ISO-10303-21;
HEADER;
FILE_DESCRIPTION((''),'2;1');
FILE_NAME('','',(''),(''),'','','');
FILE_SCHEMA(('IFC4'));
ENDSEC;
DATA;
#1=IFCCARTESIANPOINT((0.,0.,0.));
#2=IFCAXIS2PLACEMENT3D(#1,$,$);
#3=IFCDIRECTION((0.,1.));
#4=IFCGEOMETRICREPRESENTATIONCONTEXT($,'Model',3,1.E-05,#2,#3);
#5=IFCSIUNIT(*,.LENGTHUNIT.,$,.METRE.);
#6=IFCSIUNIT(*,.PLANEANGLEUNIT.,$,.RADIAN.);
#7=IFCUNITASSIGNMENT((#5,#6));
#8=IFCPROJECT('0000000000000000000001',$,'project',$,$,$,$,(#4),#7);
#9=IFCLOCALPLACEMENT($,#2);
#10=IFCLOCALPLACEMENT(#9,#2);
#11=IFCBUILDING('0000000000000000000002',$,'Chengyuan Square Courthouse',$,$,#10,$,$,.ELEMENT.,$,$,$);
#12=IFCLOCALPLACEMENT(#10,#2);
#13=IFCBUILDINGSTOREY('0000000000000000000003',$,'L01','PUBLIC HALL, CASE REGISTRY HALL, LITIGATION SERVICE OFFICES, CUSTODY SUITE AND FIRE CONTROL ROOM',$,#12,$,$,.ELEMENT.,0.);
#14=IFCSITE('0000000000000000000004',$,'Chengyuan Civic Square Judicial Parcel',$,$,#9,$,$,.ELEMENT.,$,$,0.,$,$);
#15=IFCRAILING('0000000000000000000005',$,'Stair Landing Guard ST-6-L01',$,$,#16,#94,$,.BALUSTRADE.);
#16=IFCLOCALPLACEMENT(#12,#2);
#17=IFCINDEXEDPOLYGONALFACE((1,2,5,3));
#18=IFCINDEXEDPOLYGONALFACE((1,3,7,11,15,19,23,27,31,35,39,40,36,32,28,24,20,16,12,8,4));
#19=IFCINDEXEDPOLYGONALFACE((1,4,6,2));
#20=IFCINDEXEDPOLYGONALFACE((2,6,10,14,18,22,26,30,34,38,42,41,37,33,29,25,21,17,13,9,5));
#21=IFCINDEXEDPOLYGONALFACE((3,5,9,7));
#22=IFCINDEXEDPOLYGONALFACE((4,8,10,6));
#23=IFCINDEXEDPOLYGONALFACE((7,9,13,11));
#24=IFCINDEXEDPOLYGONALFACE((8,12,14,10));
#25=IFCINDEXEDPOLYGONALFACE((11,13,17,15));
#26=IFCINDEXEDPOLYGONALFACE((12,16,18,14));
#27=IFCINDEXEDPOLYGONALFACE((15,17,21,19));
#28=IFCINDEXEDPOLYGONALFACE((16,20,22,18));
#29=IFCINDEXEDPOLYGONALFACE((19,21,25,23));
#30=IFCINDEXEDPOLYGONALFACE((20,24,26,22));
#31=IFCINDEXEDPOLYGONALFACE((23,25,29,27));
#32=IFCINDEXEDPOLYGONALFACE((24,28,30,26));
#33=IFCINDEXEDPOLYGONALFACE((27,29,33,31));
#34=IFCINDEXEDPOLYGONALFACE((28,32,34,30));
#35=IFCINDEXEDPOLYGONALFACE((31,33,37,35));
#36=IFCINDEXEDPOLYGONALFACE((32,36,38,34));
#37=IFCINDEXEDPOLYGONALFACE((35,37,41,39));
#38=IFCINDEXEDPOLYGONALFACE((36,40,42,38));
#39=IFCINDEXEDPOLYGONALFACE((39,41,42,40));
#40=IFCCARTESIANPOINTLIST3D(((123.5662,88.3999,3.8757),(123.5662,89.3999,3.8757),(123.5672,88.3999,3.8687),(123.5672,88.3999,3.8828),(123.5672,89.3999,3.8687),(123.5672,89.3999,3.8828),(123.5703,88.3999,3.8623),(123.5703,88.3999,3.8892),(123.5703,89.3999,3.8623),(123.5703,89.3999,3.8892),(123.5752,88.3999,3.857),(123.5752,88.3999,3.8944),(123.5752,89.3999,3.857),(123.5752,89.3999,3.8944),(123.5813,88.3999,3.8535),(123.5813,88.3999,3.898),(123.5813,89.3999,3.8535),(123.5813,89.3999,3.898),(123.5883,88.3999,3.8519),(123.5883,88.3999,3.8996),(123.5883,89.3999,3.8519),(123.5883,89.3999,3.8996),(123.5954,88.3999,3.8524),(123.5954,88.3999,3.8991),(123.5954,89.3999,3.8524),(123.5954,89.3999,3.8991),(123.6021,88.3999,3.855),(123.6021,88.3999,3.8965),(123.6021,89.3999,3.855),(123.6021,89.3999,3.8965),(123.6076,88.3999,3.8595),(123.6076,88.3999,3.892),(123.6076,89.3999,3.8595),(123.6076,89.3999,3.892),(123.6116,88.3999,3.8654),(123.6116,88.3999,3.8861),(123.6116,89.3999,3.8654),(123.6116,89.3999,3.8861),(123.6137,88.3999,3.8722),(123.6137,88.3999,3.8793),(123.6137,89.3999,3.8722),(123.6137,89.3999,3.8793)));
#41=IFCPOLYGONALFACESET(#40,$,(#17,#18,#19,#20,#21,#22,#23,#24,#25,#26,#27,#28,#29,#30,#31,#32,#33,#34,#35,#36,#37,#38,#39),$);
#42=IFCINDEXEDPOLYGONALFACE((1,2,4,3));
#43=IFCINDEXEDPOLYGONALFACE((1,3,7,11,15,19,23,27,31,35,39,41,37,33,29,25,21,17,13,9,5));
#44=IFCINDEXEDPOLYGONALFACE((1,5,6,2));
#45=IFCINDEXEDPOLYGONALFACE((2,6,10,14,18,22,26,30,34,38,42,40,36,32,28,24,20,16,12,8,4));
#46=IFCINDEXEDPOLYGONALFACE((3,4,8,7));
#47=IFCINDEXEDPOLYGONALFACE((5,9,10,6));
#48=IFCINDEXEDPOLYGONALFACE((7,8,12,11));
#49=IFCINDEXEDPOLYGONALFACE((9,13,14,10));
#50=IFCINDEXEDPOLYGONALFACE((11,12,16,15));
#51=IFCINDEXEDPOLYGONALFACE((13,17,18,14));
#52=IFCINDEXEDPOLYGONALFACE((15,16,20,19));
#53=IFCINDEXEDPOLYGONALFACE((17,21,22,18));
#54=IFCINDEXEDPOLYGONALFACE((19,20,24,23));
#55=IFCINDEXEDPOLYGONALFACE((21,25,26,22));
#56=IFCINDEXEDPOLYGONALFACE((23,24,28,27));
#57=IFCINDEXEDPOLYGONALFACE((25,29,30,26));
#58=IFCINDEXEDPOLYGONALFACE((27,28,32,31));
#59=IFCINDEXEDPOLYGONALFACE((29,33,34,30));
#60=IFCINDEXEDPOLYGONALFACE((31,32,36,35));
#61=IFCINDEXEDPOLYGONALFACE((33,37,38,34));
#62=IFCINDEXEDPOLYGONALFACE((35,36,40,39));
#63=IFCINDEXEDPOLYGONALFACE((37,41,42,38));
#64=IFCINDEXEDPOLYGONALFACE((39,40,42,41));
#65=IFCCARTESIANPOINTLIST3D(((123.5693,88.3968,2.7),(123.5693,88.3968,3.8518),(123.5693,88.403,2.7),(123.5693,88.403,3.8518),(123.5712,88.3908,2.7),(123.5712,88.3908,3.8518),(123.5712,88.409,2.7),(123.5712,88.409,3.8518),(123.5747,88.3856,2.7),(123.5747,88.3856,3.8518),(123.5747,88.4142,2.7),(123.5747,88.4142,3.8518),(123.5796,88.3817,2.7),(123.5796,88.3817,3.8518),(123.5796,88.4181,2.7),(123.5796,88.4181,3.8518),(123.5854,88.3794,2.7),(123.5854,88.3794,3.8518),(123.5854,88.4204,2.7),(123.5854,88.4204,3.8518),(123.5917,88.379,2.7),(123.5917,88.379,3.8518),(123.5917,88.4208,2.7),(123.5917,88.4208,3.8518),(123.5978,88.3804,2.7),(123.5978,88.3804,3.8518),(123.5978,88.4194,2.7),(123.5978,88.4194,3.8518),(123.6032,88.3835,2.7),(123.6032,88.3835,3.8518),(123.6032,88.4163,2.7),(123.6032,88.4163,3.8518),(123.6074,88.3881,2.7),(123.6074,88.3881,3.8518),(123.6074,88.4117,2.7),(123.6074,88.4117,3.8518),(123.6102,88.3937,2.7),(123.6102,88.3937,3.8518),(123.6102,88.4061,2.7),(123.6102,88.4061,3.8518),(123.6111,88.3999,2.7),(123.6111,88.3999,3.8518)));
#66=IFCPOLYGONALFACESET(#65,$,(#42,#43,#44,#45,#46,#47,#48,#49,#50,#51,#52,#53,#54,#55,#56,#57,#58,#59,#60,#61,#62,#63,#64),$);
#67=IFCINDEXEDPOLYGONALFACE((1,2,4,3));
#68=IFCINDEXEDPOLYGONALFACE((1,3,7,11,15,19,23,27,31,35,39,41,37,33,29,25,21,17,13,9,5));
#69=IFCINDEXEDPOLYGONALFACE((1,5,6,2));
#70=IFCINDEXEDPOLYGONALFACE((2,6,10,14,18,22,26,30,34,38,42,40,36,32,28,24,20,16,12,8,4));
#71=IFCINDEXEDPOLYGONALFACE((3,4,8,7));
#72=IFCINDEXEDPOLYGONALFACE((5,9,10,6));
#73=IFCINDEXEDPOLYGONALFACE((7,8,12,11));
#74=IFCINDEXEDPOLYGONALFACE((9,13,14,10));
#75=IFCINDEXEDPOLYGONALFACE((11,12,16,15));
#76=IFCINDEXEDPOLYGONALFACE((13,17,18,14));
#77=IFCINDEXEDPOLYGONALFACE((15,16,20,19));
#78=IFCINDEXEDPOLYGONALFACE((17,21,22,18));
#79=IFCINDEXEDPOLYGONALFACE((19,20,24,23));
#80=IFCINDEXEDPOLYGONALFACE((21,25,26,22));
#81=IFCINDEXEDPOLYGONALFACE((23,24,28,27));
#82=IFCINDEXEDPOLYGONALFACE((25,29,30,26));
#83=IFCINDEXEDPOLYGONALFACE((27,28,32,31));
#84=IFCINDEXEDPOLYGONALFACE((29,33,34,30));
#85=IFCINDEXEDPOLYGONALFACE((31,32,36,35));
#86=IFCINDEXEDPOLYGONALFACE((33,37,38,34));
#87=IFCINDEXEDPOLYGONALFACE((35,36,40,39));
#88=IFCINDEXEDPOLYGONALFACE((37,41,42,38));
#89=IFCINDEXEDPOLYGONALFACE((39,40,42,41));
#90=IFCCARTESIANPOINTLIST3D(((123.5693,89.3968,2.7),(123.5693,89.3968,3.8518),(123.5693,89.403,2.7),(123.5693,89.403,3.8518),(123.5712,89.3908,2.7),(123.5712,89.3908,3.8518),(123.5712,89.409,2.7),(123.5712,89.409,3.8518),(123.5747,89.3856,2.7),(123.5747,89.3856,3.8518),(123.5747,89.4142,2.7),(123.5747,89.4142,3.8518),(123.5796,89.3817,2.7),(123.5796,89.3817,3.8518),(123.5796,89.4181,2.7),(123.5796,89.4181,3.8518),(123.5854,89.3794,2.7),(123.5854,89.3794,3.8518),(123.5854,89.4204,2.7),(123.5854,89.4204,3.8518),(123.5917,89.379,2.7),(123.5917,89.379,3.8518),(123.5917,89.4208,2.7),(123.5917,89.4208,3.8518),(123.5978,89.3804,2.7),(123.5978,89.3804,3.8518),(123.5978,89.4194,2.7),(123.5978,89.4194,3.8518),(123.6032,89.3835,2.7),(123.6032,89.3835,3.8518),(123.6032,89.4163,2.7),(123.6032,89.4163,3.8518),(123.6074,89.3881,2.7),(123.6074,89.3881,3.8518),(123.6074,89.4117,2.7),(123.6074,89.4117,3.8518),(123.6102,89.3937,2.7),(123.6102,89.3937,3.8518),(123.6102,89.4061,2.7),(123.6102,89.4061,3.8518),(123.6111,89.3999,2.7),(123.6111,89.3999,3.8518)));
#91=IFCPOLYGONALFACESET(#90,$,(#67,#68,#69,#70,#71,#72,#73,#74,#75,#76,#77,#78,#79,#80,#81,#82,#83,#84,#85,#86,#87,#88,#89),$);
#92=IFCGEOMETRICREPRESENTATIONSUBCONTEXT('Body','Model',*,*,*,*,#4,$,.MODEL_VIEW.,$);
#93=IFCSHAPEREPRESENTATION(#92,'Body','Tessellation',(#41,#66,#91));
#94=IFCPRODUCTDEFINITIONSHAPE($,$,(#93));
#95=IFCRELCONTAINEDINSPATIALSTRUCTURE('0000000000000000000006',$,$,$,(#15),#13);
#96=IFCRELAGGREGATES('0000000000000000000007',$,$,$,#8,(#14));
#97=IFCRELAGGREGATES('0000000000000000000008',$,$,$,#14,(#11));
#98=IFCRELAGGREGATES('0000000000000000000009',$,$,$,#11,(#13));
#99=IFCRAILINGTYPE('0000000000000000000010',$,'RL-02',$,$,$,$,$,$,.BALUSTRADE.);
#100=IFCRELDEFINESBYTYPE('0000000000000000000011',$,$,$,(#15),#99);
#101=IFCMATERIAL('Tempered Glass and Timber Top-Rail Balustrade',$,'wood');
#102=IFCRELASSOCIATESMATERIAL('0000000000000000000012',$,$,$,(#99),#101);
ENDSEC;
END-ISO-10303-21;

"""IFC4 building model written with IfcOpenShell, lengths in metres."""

from ifc_helpers import new_model, si_unit, direction, frame, origin, origin_2d, place, context, subcontext, project, spatial, circle, extrude, material, type_object, element, save


model = new_model("IFC4")

# Units and contexts
model_context = context("Model", 3, precision=1e-05, world=origin(), true_north=direction((0.0, 1.0)))
body_context = subcontext(model_context, "Body", "Model", "MODEL_VIEW")
ifc_project = project(units=[si_unit("LENGTHUNIT", "METRE"), si_unit("PLANEANGLEUNIT", "RADIAN")], contexts=[model_context])

# Site, building, storey
site_placement = place(None, origin())
site = spatial("IfcSite", under=ifc_project, at=site_placement, Name="Chengyuan Civic Square Judicial Parcel", CompositionType="ELEMENT", RefElevation=0.0)
building_placement = place(site_placement, origin())
building = spatial("IfcBuilding", under=site, at=building_placement, Name="Chengyuan Square Courthouse", CompositionType="ELEMENT")
storey_placement = place(building_placement, origin())
storey = spatial("IfcBuildingStorey", under=building, at=storey_placement, Name="L01", Description="PUBLIC HALL, CASE REGISTRY HALL, LITIGATION SERVICE OFFICES, CUSTODY SUITE AND FIRE CONTROL ROOM", CompositionType="ELEMENT", Elevation=0.0)

# Railing
ifc_material_1 = material(Name="Tempered Glass and Timber Top-Rail Balustrade", Category="wood")
railing_type_1 = type_object("IfcRailingType", Name="RL-02", PredefinedType="BALUSTRADE", material=ifc_material_1)
for number, where, name in (
    (1, (123.5901, 88.3999, 2.7), "Stair Landing Guard ST-6-L01"),
):
    element("IfcRailing", number, at=place(storey_placement, frame(where)), inside=storey, type_object=railing_type_1, Name=name, PredefinedType="BALUSTRADE", context=body_context, shape_type="SweptSolid", body=[
        extrude(circle(Radius=0.0239, at=origin_2d()), frame((0.0, 0.0, 1.1758), z_axis=(0.0, 1.0, 0.0), x_axis=(-1.0, 0.0, 0.0)), (0.0, 0.0, 1.0), 1.0),
        extrude(circle(Radius=0.021, at=origin_2d()), origin(), (0.0, 0.0, 1.0), 1.1519),
        extrude(circle(Radius=0.021, at=origin_2d()), frame((0.0, 1.0, 0.0)), (0.0, 0.0, 1.0), 1.1519),
    ])

save(model, "model.ifc")
